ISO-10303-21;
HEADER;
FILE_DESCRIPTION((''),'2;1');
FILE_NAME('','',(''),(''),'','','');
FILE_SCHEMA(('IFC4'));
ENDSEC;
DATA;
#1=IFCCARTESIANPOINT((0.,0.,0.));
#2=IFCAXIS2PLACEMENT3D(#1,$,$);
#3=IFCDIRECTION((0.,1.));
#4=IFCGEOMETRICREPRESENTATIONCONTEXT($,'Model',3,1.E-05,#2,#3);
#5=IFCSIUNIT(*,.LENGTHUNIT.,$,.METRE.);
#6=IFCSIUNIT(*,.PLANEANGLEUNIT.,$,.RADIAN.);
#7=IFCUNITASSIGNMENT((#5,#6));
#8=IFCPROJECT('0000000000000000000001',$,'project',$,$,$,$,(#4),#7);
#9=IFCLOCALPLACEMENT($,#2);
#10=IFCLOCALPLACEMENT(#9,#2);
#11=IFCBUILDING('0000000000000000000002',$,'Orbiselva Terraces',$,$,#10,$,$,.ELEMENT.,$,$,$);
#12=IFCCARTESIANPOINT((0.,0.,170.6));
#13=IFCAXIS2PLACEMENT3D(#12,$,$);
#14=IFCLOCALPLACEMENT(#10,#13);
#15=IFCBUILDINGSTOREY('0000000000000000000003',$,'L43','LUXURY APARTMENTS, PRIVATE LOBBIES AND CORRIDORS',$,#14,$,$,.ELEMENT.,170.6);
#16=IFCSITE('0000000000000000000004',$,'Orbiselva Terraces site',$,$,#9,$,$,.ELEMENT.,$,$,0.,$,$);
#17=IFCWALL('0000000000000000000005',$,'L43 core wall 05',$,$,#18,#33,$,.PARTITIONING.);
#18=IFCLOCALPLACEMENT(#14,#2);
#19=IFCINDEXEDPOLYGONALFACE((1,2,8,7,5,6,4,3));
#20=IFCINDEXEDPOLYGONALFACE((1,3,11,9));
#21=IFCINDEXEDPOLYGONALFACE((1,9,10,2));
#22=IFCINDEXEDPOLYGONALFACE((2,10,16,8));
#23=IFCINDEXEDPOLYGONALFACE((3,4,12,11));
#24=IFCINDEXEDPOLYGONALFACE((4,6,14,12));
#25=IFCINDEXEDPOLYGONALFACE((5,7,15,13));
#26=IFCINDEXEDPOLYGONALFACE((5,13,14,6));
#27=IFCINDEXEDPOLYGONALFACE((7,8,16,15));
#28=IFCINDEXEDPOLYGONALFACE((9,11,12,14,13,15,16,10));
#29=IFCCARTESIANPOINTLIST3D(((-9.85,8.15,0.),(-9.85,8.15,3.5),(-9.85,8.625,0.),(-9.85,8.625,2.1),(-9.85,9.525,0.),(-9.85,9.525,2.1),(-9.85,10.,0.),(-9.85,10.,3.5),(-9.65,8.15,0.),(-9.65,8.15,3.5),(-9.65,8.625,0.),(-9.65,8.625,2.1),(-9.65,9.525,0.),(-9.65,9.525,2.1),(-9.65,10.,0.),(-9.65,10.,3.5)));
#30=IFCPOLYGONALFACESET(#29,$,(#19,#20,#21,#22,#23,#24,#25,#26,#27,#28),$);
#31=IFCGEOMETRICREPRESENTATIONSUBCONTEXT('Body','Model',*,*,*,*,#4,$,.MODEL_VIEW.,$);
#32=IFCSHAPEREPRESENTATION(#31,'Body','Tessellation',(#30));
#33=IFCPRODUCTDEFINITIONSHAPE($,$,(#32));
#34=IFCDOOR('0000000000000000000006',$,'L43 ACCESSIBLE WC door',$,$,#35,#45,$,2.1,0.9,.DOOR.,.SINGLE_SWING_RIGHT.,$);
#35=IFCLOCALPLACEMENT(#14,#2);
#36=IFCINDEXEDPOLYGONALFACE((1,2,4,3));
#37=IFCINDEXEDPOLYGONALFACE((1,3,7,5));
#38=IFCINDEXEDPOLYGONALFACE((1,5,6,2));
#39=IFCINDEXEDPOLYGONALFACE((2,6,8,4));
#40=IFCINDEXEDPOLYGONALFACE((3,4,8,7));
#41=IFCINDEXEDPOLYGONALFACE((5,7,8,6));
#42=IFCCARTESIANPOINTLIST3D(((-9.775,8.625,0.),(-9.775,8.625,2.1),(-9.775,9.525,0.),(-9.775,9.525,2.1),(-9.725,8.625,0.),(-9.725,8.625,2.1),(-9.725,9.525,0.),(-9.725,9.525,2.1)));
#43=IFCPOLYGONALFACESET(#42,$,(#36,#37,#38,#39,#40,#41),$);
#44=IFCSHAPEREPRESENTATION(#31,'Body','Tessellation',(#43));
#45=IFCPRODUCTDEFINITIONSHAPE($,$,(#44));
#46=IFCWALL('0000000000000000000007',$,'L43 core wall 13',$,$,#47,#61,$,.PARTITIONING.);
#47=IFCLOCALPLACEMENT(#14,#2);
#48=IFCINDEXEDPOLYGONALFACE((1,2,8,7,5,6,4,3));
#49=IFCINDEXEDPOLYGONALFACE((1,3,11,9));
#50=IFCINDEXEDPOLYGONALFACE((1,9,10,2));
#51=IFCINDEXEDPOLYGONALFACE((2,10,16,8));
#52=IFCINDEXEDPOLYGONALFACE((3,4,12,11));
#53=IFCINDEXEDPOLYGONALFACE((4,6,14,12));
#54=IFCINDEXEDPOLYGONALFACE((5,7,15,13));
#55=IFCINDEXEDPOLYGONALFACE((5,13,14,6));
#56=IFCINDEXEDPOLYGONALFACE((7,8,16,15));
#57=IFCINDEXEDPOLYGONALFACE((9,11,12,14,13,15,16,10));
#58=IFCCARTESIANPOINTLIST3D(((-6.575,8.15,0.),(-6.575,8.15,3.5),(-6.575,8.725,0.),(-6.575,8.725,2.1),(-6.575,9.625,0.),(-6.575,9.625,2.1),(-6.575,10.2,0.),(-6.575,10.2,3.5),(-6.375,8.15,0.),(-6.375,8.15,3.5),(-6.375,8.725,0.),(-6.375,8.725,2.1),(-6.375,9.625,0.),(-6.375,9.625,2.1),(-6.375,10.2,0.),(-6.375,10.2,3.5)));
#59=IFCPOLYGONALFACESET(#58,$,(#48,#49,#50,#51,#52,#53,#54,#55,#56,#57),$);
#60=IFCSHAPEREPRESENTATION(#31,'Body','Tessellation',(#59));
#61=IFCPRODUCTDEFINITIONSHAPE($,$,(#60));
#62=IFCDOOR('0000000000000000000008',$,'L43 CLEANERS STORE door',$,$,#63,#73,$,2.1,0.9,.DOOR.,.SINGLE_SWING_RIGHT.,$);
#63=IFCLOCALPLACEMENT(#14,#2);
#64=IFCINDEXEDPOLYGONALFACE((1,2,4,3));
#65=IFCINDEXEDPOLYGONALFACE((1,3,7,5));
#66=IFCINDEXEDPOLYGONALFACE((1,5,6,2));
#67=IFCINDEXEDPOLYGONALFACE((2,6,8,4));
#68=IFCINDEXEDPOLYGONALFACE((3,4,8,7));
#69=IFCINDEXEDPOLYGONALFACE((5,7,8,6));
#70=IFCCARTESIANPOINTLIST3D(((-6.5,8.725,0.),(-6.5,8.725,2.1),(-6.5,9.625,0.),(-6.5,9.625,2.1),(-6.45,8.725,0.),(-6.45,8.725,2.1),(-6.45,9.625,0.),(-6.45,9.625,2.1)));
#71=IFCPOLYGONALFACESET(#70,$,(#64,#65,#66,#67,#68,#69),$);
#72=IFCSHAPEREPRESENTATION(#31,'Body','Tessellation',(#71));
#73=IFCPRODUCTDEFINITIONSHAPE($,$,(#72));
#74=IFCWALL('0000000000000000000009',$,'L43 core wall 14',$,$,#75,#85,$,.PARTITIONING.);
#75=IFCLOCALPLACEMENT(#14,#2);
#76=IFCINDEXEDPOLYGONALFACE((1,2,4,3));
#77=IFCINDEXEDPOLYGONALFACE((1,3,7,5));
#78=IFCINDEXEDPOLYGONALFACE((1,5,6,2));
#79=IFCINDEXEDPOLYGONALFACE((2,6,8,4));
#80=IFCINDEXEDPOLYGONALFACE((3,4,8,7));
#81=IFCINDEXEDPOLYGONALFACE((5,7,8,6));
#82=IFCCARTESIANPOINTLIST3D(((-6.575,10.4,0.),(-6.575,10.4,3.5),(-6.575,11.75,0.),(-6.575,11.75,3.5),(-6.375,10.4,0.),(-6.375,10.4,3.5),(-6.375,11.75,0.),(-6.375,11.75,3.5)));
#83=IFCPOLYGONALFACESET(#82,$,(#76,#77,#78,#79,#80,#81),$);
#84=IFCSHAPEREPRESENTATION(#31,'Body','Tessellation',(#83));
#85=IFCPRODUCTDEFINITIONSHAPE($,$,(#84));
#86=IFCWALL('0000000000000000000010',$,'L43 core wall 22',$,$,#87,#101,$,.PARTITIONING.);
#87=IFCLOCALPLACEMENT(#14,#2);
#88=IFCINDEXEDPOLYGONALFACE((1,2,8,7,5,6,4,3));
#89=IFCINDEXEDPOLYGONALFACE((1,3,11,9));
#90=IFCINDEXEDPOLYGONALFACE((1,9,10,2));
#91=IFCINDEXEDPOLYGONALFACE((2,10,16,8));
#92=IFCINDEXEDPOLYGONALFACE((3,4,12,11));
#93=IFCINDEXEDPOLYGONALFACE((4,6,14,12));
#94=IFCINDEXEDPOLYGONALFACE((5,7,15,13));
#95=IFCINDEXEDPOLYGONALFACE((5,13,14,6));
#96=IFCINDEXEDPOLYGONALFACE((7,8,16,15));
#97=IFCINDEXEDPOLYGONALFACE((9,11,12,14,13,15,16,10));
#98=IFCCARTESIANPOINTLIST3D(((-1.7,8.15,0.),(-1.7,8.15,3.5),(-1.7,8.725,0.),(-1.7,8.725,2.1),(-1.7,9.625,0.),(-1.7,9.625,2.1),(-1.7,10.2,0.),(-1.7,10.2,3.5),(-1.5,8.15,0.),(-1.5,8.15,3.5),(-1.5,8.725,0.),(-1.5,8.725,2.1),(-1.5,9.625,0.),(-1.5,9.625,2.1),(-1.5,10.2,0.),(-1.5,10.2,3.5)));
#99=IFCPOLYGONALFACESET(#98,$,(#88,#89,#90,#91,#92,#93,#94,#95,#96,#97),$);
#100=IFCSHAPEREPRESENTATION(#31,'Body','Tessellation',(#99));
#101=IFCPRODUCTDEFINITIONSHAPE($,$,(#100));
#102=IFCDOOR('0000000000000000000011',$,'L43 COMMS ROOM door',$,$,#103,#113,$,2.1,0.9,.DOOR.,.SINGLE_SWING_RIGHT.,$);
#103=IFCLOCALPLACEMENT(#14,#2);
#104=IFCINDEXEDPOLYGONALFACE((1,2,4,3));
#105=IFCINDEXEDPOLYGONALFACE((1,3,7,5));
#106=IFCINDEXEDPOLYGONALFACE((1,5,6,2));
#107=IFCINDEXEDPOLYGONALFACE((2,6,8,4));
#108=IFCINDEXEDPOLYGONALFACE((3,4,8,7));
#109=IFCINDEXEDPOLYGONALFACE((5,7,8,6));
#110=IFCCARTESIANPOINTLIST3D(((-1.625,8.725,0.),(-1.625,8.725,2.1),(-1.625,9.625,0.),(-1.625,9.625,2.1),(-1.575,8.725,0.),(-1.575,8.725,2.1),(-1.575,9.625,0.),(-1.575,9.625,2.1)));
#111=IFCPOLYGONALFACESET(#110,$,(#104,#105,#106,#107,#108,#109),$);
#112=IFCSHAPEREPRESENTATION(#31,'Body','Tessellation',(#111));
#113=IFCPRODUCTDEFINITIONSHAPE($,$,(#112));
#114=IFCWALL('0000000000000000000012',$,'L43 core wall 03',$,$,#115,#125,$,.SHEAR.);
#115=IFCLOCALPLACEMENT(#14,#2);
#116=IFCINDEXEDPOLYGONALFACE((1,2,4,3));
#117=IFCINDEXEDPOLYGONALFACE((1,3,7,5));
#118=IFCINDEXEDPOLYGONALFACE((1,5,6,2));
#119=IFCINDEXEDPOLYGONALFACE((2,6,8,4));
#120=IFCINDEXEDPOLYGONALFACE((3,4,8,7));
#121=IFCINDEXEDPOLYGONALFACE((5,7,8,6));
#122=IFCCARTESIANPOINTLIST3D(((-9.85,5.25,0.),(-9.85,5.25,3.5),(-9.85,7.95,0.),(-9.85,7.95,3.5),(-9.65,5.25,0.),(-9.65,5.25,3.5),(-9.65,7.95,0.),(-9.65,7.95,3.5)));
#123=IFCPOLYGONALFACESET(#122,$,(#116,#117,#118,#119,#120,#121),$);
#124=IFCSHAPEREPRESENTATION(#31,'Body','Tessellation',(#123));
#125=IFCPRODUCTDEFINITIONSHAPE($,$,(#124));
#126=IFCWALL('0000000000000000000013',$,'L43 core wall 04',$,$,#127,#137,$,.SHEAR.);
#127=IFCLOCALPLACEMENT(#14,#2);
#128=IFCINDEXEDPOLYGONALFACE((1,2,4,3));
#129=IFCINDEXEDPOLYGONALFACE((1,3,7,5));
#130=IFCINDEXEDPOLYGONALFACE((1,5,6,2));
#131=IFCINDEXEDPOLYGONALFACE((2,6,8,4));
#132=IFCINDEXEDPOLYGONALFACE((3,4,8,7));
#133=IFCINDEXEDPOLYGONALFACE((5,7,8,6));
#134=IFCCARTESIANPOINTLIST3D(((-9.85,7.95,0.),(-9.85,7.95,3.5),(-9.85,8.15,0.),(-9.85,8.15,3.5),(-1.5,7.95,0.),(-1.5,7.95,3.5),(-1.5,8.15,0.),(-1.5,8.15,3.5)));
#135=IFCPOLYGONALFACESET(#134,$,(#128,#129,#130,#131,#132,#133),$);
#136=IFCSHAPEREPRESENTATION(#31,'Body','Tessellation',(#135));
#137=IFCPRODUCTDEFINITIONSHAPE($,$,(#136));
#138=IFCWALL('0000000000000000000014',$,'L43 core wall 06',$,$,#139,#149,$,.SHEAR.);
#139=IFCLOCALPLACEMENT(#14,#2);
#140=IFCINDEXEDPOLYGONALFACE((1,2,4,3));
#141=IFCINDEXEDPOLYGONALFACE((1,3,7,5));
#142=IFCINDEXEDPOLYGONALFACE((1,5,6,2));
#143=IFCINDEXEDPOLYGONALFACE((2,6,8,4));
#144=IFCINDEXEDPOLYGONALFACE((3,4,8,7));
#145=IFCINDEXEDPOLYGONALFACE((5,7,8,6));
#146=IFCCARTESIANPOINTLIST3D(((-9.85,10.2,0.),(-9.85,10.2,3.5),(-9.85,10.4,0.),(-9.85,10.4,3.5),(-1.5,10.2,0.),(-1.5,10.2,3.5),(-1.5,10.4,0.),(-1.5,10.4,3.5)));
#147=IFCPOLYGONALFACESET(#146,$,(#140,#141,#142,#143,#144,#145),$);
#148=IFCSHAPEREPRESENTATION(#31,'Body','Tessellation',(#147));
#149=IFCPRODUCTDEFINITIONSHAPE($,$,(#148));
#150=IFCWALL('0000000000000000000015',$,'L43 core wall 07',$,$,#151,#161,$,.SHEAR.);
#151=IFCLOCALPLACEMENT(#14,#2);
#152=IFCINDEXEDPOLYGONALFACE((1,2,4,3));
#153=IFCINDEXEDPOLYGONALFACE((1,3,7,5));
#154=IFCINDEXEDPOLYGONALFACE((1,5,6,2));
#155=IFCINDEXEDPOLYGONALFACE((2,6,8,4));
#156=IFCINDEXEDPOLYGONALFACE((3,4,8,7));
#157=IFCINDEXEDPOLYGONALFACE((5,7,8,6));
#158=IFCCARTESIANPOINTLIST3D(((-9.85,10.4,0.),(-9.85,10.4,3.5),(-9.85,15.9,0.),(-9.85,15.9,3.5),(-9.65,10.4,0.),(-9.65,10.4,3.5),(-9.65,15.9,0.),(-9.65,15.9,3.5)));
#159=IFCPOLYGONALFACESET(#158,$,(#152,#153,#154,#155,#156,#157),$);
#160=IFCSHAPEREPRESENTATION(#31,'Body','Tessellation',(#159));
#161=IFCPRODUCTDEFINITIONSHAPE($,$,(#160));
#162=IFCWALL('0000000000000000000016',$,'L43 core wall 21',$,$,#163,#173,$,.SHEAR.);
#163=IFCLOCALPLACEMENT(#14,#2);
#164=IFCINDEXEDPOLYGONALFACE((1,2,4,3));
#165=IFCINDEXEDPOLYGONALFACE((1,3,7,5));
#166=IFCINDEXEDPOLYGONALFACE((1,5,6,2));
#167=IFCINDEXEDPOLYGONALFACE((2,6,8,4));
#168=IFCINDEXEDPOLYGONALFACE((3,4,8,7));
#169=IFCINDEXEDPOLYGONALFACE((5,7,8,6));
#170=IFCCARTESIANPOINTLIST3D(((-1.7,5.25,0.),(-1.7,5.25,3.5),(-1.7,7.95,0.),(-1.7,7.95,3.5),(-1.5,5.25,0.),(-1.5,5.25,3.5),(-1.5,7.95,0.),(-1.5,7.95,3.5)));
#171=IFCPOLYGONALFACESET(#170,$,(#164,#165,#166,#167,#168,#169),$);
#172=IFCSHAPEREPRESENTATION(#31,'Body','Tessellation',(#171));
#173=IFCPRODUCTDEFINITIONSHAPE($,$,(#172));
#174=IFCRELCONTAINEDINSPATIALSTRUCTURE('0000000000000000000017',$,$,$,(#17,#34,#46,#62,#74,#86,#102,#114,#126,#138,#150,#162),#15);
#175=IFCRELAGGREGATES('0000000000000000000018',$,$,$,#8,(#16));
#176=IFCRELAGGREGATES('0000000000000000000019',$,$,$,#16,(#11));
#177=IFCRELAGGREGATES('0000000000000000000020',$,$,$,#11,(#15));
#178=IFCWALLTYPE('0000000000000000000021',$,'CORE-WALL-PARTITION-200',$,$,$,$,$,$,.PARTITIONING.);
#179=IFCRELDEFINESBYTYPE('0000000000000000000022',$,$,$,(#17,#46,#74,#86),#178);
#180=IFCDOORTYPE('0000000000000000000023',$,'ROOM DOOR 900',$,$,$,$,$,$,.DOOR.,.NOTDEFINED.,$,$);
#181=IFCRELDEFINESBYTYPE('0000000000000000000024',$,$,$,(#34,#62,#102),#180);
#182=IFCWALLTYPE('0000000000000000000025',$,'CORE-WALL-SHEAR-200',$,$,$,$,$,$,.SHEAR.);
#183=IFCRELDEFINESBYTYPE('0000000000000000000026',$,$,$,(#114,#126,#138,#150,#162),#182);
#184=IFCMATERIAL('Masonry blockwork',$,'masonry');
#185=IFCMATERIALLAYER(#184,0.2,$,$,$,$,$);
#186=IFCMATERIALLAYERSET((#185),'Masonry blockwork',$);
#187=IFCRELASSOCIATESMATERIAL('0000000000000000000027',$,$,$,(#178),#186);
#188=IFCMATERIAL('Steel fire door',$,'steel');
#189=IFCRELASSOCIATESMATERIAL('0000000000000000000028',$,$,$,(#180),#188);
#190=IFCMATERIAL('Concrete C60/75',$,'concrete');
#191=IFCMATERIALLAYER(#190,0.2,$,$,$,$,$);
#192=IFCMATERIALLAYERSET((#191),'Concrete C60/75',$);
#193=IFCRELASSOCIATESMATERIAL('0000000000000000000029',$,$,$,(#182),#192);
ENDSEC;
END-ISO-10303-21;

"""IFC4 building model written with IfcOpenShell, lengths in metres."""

from ifc_helpers import new_model, si_unit, direction, frame, frame_2d, origin, place, context, subcontext, project, spatial, rectangle, extrude, material, layer, layer_set, type_object, element, fill, save


model = new_model("IFC4")

# Units and contexts
model_context = context("Model", 3, precision=1e-05, world=origin(), true_north=direction((0.0, 1.0)))
body_context = subcontext(model_context, "Body", "Model", "MODEL_VIEW")
ifc_project = project(units=[si_unit("LENGTHUNIT", "METRE"), si_unit("PLANEANGLEUNIT", "RADIAN")], contexts=[model_context])

# Site, building, storey
site_placement = place(None, origin())
site = spatial("IfcSite", under=ifc_project, at=site_placement, Name="Orbiselva Terraces site", CompositionType="ELEMENT", RefElevation=0.0)
building_placement = place(site_placement, origin())
building = spatial("IfcBuilding", under=site, at=building_placement, Name="Orbiselva Terraces", CompositionType="ELEMENT")
storey_placement = place(building_placement, frame((0.0, 0.0, 170.6)))
storey = spatial("IfcBuildingStorey", under=building, at=storey_placement, Name="L43", Description="LUXURY APARTMENTS, PRIVATE LOBBIES AND CORRIDORS", CompositionType="ELEMENT", Elevation=170.6)

# Walls, openings, doors
ifc_material_1 = material(Name="Masonry blockwork", Category="masonry")
ifc_layer_1 = layer(ifc_material_1, 0.2)
ifc_layer_set_1 = layer_set([ifc_layer_1], Name="Masonry blockwork")
wall_type_1 = type_object("IfcWallType", Name="CORE-WALL-PARTITION-200", PredefinedType="PARTITIONING", material=ifc_layer_set_1)
wall_1_placement = place(storey_placement, frame((-9.75, 8.15, 0.0), z_axis=(0.0, 0.0, 1.0), x_axis=(0.0, 1.0, 0.0)))
wall_1 = element("IfcWall", 1, at=wall_1_placement, inside=storey, type_object=wall_type_1, Name="L43 core wall 05", PredefinedType="PARTITIONING", context=body_context, shape_type="SweptSolid", body=[
    extrude(rectangle(XDim=1.85, YDim=0.2, at=frame_2d((0.925, 0.0))), origin(), (0.0, 0.0, 1.0), 3.5),
])
opening_1_placement = place(wall_1_placement, frame((0.475, 0.0, 0.0)))
opening_1 = element("IfcOpeningElement", 2, at=opening_1_placement, cuts=wall_1, PredefinedType="OPENING", context=body_context, shape_type="SweptSolid", body=[
    extrude(rectangle(XDim=0.9, YDim=2.1, at=frame_2d((0.45, 1.05))), frame((0.0, 0.11, 0.0), z_axis=(0.0, -1.0, 0.0), x_axis=(1.0, 0.0, 0.0)), (0.0, 0.0, 1.0), 0.22),
])
ifc_material_2 = material(Name="Steel fire door", Category="steel")
door_type = type_object("IfcDoorType", Name="ROOM DOOR 900", OperationType="NOTDEFINED", PredefinedType="DOOR", material=ifc_material_2)
door_1_placement = place(opening_1_placement, origin())
door_1 = element("IfcDoor", 3, at=door_1_placement, inside=storey, type_object=door_type, Name="L43 ACCESSIBLE WC door", OperationType="SINGLE_SWING_RIGHT", OverallHeight=2.1, OverallWidth=0.9, PredefinedType="DOOR", context=body_context, shape_type="SweptSolid", body=[
    extrude(rectangle(XDim=0.9, YDim=2.1, at=frame_2d((0.45, 1.05))), frame((0.0, 0.025, 0.0), z_axis=(0.0, -1.0, 0.0), x_axis=(1.0, 0.0, 0.0)), (0.0, 0.0, 1.0), 0.05),
])
fill(opening_1, door_1)
wall_2_placement = place(storey_placement, frame((-6.475, 8.15, 0.0), z_axis=(0.0, 0.0, 1.0), x_axis=(0.0, 1.0, 0.0)))
wall_2 = element("IfcWall", 4, at=wall_2_placement, inside=storey, type_object=wall_type_1, Name="L43 core wall 13", PredefinedType="PARTITIONING", context=body_context, shape_type="SweptSolid", body=[
    extrude(rectangle(XDim=2.05, YDim=0.2, at=frame_2d((1.025, 0.0))), origin(), (0.0, 0.0, 1.0), 3.5),
])
opening_2_placement = place(wall_2_placement, frame((0.575, 0.0, 0.0)))
opening_2 = element("IfcOpeningElement", 5, at=opening_2_placement, cuts=wall_2, PredefinedType="OPENING", context=body_context, shape_type="SweptSolid", body=[
    extrude(rectangle(XDim=0.9, YDim=2.1, at=frame_2d((0.45, 1.05))), frame((0.0, 0.11, 0.0), z_axis=(0.0, -1.0, 0.0), x_axis=(1.0, 0.0, 0.0)), (0.0, 0.0, 1.0), 0.22),
])
door_2_placement = place(opening_2_placement, origin())
door_2 = element("IfcDoor", 6, at=door_2_placement, inside=storey, type_object=door_type, Name="L43 CLEANERS STORE door", OperationType="SINGLE_SWING_RIGHT", OverallHeight=2.1, OverallWidth=0.9, PredefinedType="DOOR", context=body_context, shape_type="SweptSolid", body=[
    extrude(rectangle(XDim=0.9, YDim=2.1, at=frame_2d((0.45, 1.05))), frame((0.0, 0.025, 0.0), z_axis=(0.0, -1.0, 0.0), x_axis=(1.0, 0.0, 0.0)), (0.0, 0.0, 1.0), 0.05),
])
fill(opening_2, door_2)

# Wall
wall_3_placement = place(storey_placement, frame((-6.475, 10.4, 0.0), z_axis=(0.0, 0.0, 1.0), x_axis=(0.0, 1.0, 0.0)))
element("IfcWall", 7, at=wall_3_placement, inside=storey, type_object=wall_type_1, Name="L43 core wall 14", PredefinedType="PARTITIONING", context=body_context, shape_type="SweptSolid", body=[
    extrude(rectangle(XDim=1.35, YDim=0.2, at=frame_2d((0.675, 0.0))), origin(), (0.0, 0.0, 1.0), 3.5),
])

# Wall, opening, door
wall_4_placement = place(storey_placement, frame((-1.6, 8.15, 0.0), z_axis=(0.0, 0.0, 1.0), x_axis=(0.0, 1.0, 0.0)))
wall_4 = element("IfcWall", 8, at=wall_4_placement, inside=storey, type_object=wall_type_1, Name="L43 core wall 22", PredefinedType="PARTITIONING", context=body_context, shape_type="SweptSolid", body=[
    extrude(rectangle(XDim=2.05, YDim=0.2, at=frame_2d((1.025, 0.0))), origin(), (0.0, 0.0, 1.0), 3.5),
])
opening_3_placement = place(wall_4_placement, frame((0.575, 0.0, 0.0)))
opening_3 = element("IfcOpeningElement", 9, at=opening_3_placement, cuts=wall_4, PredefinedType="OPENING", context=body_context, shape_type="SweptSolid", body=[
    extrude(rectangle(XDim=0.9, YDim=2.1, at=frame_2d((0.45, 1.05))), frame((0.0, 0.11, 0.0), z_axis=(0.0, -1.0, 0.0), x_axis=(1.0, 0.0, 0.0)), (0.0, 0.0, 1.0), 0.22),
])
door_3_placement = place(opening_3_placement, origin())
door_3 = element("IfcDoor", 10, at=door_3_placement, inside=storey, type_object=door_type, Name="L43 COMMS ROOM door", OperationType="SINGLE_SWING_RIGHT", OverallHeight=2.1, OverallWidth=0.9, PredefinedType="DOOR", context=body_context, shape_type="SweptSolid", body=[
    extrude(rectangle(XDim=0.9, YDim=2.1, at=frame_2d((0.45, 1.05))), frame((0.0, 0.025, 0.0), z_axis=(0.0, -1.0, 0.0), x_axis=(1.0, 0.0, 0.0)), (0.0, 0.0, 1.0), 0.05),
])
fill(opening_3, door_3)

# Walls
ifc_material_3 = material(Name="Concrete C60/75", Category="concrete")
ifc_layer_2 = layer(ifc_material_3, 0.2)
ifc_layer_set_2 = layer_set([ifc_layer_2], Name="Concrete C60/75")
wall_type_2 = type_object("IfcWallType", Name="CORE-WALL-SHEAR-200", PredefinedType="SHEAR", material=ifc_layer_set_2)
wall_5_placement = place(storey_placement, frame((-9.75, 5.25, 0.0), z_axis=(0.0, 0.0, 1.0), x_axis=(0.0, 1.0, 0.0)))
element("IfcWall", 11, at=wall_5_placement, inside=storey, type_object=wall_type_2, Name="L43 core wall 03", PredefinedType="SHEAR", context=body_context, shape_type="SweptSolid", body=[
    extrude(rectangle(XDim=2.7, YDim=0.2, at=frame_2d((1.35, 0.0))), origin(), (0.0, 0.0, 1.0), 3.5),
])
for number, where, z_axis, x_axis, name in (
    (12, (-9.85, 8.05, 0.0), (0.0, 0.0, 1.0), (1.0, 0.0, 0.0), "L43 core wall 04"),
    (13, (-9.85, 10.3, 0.0), (0.0, 0.0, 1.0), (1.0, 0.0, 0.0), "L43 core wall 06"),
):
    element("IfcWall", number, at=place(storey_placement, frame(where, z_axis=z_axis, x_axis=x_axis)), inside=storey, type_object=wall_type_2, Name=name, PredefinedType="SHEAR", context=body_context, shape_type="SweptSolid", body=[
        extrude(rectangle(XDim=8.35, YDim=0.2, at=frame_2d((4.175, 0.0))), origin(), (0.0, 0.0, 1.0), 3.5),
    ])
wall_6_placement = place(storey_placement, frame((-9.75, 10.4, 0.0), z_axis=(0.0, 0.0, 1.0), x_axis=(0.0, 1.0, 0.0)))
element("IfcWall", 14, at=wall_6_placement, inside=storey, type_object=wall_type_2, Name="L43 core wall 07", PredefinedType="SHEAR", context=body_context, shape_type="SweptSolid", body=[
    extrude(rectangle(XDim=5.5, YDim=0.2, at=frame_2d((2.75, 0.0))), origin(), (0.0, 0.0, 1.0), 3.5),
])
wall_7_placement = place(storey_placement, frame((-1.6, 5.25, 0.0), z_axis=(0.0, 0.0, 1.0), x_axis=(0.0, 1.0, 0.0)))
element("IfcWall", 15, at=wall_7_placement, inside=storey, type_object=wall_type_2, Name="L43 core wall 21", PredefinedType="SHEAR", context=body_context, shape_type="SweptSolid", body=[
    extrude(rectangle(XDim=2.7, YDim=0.2, at=frame_2d((1.35, 0.0))), origin(), (0.0, 0.0, 1.0), 3.5),
])

save(model, "model.ifc")
